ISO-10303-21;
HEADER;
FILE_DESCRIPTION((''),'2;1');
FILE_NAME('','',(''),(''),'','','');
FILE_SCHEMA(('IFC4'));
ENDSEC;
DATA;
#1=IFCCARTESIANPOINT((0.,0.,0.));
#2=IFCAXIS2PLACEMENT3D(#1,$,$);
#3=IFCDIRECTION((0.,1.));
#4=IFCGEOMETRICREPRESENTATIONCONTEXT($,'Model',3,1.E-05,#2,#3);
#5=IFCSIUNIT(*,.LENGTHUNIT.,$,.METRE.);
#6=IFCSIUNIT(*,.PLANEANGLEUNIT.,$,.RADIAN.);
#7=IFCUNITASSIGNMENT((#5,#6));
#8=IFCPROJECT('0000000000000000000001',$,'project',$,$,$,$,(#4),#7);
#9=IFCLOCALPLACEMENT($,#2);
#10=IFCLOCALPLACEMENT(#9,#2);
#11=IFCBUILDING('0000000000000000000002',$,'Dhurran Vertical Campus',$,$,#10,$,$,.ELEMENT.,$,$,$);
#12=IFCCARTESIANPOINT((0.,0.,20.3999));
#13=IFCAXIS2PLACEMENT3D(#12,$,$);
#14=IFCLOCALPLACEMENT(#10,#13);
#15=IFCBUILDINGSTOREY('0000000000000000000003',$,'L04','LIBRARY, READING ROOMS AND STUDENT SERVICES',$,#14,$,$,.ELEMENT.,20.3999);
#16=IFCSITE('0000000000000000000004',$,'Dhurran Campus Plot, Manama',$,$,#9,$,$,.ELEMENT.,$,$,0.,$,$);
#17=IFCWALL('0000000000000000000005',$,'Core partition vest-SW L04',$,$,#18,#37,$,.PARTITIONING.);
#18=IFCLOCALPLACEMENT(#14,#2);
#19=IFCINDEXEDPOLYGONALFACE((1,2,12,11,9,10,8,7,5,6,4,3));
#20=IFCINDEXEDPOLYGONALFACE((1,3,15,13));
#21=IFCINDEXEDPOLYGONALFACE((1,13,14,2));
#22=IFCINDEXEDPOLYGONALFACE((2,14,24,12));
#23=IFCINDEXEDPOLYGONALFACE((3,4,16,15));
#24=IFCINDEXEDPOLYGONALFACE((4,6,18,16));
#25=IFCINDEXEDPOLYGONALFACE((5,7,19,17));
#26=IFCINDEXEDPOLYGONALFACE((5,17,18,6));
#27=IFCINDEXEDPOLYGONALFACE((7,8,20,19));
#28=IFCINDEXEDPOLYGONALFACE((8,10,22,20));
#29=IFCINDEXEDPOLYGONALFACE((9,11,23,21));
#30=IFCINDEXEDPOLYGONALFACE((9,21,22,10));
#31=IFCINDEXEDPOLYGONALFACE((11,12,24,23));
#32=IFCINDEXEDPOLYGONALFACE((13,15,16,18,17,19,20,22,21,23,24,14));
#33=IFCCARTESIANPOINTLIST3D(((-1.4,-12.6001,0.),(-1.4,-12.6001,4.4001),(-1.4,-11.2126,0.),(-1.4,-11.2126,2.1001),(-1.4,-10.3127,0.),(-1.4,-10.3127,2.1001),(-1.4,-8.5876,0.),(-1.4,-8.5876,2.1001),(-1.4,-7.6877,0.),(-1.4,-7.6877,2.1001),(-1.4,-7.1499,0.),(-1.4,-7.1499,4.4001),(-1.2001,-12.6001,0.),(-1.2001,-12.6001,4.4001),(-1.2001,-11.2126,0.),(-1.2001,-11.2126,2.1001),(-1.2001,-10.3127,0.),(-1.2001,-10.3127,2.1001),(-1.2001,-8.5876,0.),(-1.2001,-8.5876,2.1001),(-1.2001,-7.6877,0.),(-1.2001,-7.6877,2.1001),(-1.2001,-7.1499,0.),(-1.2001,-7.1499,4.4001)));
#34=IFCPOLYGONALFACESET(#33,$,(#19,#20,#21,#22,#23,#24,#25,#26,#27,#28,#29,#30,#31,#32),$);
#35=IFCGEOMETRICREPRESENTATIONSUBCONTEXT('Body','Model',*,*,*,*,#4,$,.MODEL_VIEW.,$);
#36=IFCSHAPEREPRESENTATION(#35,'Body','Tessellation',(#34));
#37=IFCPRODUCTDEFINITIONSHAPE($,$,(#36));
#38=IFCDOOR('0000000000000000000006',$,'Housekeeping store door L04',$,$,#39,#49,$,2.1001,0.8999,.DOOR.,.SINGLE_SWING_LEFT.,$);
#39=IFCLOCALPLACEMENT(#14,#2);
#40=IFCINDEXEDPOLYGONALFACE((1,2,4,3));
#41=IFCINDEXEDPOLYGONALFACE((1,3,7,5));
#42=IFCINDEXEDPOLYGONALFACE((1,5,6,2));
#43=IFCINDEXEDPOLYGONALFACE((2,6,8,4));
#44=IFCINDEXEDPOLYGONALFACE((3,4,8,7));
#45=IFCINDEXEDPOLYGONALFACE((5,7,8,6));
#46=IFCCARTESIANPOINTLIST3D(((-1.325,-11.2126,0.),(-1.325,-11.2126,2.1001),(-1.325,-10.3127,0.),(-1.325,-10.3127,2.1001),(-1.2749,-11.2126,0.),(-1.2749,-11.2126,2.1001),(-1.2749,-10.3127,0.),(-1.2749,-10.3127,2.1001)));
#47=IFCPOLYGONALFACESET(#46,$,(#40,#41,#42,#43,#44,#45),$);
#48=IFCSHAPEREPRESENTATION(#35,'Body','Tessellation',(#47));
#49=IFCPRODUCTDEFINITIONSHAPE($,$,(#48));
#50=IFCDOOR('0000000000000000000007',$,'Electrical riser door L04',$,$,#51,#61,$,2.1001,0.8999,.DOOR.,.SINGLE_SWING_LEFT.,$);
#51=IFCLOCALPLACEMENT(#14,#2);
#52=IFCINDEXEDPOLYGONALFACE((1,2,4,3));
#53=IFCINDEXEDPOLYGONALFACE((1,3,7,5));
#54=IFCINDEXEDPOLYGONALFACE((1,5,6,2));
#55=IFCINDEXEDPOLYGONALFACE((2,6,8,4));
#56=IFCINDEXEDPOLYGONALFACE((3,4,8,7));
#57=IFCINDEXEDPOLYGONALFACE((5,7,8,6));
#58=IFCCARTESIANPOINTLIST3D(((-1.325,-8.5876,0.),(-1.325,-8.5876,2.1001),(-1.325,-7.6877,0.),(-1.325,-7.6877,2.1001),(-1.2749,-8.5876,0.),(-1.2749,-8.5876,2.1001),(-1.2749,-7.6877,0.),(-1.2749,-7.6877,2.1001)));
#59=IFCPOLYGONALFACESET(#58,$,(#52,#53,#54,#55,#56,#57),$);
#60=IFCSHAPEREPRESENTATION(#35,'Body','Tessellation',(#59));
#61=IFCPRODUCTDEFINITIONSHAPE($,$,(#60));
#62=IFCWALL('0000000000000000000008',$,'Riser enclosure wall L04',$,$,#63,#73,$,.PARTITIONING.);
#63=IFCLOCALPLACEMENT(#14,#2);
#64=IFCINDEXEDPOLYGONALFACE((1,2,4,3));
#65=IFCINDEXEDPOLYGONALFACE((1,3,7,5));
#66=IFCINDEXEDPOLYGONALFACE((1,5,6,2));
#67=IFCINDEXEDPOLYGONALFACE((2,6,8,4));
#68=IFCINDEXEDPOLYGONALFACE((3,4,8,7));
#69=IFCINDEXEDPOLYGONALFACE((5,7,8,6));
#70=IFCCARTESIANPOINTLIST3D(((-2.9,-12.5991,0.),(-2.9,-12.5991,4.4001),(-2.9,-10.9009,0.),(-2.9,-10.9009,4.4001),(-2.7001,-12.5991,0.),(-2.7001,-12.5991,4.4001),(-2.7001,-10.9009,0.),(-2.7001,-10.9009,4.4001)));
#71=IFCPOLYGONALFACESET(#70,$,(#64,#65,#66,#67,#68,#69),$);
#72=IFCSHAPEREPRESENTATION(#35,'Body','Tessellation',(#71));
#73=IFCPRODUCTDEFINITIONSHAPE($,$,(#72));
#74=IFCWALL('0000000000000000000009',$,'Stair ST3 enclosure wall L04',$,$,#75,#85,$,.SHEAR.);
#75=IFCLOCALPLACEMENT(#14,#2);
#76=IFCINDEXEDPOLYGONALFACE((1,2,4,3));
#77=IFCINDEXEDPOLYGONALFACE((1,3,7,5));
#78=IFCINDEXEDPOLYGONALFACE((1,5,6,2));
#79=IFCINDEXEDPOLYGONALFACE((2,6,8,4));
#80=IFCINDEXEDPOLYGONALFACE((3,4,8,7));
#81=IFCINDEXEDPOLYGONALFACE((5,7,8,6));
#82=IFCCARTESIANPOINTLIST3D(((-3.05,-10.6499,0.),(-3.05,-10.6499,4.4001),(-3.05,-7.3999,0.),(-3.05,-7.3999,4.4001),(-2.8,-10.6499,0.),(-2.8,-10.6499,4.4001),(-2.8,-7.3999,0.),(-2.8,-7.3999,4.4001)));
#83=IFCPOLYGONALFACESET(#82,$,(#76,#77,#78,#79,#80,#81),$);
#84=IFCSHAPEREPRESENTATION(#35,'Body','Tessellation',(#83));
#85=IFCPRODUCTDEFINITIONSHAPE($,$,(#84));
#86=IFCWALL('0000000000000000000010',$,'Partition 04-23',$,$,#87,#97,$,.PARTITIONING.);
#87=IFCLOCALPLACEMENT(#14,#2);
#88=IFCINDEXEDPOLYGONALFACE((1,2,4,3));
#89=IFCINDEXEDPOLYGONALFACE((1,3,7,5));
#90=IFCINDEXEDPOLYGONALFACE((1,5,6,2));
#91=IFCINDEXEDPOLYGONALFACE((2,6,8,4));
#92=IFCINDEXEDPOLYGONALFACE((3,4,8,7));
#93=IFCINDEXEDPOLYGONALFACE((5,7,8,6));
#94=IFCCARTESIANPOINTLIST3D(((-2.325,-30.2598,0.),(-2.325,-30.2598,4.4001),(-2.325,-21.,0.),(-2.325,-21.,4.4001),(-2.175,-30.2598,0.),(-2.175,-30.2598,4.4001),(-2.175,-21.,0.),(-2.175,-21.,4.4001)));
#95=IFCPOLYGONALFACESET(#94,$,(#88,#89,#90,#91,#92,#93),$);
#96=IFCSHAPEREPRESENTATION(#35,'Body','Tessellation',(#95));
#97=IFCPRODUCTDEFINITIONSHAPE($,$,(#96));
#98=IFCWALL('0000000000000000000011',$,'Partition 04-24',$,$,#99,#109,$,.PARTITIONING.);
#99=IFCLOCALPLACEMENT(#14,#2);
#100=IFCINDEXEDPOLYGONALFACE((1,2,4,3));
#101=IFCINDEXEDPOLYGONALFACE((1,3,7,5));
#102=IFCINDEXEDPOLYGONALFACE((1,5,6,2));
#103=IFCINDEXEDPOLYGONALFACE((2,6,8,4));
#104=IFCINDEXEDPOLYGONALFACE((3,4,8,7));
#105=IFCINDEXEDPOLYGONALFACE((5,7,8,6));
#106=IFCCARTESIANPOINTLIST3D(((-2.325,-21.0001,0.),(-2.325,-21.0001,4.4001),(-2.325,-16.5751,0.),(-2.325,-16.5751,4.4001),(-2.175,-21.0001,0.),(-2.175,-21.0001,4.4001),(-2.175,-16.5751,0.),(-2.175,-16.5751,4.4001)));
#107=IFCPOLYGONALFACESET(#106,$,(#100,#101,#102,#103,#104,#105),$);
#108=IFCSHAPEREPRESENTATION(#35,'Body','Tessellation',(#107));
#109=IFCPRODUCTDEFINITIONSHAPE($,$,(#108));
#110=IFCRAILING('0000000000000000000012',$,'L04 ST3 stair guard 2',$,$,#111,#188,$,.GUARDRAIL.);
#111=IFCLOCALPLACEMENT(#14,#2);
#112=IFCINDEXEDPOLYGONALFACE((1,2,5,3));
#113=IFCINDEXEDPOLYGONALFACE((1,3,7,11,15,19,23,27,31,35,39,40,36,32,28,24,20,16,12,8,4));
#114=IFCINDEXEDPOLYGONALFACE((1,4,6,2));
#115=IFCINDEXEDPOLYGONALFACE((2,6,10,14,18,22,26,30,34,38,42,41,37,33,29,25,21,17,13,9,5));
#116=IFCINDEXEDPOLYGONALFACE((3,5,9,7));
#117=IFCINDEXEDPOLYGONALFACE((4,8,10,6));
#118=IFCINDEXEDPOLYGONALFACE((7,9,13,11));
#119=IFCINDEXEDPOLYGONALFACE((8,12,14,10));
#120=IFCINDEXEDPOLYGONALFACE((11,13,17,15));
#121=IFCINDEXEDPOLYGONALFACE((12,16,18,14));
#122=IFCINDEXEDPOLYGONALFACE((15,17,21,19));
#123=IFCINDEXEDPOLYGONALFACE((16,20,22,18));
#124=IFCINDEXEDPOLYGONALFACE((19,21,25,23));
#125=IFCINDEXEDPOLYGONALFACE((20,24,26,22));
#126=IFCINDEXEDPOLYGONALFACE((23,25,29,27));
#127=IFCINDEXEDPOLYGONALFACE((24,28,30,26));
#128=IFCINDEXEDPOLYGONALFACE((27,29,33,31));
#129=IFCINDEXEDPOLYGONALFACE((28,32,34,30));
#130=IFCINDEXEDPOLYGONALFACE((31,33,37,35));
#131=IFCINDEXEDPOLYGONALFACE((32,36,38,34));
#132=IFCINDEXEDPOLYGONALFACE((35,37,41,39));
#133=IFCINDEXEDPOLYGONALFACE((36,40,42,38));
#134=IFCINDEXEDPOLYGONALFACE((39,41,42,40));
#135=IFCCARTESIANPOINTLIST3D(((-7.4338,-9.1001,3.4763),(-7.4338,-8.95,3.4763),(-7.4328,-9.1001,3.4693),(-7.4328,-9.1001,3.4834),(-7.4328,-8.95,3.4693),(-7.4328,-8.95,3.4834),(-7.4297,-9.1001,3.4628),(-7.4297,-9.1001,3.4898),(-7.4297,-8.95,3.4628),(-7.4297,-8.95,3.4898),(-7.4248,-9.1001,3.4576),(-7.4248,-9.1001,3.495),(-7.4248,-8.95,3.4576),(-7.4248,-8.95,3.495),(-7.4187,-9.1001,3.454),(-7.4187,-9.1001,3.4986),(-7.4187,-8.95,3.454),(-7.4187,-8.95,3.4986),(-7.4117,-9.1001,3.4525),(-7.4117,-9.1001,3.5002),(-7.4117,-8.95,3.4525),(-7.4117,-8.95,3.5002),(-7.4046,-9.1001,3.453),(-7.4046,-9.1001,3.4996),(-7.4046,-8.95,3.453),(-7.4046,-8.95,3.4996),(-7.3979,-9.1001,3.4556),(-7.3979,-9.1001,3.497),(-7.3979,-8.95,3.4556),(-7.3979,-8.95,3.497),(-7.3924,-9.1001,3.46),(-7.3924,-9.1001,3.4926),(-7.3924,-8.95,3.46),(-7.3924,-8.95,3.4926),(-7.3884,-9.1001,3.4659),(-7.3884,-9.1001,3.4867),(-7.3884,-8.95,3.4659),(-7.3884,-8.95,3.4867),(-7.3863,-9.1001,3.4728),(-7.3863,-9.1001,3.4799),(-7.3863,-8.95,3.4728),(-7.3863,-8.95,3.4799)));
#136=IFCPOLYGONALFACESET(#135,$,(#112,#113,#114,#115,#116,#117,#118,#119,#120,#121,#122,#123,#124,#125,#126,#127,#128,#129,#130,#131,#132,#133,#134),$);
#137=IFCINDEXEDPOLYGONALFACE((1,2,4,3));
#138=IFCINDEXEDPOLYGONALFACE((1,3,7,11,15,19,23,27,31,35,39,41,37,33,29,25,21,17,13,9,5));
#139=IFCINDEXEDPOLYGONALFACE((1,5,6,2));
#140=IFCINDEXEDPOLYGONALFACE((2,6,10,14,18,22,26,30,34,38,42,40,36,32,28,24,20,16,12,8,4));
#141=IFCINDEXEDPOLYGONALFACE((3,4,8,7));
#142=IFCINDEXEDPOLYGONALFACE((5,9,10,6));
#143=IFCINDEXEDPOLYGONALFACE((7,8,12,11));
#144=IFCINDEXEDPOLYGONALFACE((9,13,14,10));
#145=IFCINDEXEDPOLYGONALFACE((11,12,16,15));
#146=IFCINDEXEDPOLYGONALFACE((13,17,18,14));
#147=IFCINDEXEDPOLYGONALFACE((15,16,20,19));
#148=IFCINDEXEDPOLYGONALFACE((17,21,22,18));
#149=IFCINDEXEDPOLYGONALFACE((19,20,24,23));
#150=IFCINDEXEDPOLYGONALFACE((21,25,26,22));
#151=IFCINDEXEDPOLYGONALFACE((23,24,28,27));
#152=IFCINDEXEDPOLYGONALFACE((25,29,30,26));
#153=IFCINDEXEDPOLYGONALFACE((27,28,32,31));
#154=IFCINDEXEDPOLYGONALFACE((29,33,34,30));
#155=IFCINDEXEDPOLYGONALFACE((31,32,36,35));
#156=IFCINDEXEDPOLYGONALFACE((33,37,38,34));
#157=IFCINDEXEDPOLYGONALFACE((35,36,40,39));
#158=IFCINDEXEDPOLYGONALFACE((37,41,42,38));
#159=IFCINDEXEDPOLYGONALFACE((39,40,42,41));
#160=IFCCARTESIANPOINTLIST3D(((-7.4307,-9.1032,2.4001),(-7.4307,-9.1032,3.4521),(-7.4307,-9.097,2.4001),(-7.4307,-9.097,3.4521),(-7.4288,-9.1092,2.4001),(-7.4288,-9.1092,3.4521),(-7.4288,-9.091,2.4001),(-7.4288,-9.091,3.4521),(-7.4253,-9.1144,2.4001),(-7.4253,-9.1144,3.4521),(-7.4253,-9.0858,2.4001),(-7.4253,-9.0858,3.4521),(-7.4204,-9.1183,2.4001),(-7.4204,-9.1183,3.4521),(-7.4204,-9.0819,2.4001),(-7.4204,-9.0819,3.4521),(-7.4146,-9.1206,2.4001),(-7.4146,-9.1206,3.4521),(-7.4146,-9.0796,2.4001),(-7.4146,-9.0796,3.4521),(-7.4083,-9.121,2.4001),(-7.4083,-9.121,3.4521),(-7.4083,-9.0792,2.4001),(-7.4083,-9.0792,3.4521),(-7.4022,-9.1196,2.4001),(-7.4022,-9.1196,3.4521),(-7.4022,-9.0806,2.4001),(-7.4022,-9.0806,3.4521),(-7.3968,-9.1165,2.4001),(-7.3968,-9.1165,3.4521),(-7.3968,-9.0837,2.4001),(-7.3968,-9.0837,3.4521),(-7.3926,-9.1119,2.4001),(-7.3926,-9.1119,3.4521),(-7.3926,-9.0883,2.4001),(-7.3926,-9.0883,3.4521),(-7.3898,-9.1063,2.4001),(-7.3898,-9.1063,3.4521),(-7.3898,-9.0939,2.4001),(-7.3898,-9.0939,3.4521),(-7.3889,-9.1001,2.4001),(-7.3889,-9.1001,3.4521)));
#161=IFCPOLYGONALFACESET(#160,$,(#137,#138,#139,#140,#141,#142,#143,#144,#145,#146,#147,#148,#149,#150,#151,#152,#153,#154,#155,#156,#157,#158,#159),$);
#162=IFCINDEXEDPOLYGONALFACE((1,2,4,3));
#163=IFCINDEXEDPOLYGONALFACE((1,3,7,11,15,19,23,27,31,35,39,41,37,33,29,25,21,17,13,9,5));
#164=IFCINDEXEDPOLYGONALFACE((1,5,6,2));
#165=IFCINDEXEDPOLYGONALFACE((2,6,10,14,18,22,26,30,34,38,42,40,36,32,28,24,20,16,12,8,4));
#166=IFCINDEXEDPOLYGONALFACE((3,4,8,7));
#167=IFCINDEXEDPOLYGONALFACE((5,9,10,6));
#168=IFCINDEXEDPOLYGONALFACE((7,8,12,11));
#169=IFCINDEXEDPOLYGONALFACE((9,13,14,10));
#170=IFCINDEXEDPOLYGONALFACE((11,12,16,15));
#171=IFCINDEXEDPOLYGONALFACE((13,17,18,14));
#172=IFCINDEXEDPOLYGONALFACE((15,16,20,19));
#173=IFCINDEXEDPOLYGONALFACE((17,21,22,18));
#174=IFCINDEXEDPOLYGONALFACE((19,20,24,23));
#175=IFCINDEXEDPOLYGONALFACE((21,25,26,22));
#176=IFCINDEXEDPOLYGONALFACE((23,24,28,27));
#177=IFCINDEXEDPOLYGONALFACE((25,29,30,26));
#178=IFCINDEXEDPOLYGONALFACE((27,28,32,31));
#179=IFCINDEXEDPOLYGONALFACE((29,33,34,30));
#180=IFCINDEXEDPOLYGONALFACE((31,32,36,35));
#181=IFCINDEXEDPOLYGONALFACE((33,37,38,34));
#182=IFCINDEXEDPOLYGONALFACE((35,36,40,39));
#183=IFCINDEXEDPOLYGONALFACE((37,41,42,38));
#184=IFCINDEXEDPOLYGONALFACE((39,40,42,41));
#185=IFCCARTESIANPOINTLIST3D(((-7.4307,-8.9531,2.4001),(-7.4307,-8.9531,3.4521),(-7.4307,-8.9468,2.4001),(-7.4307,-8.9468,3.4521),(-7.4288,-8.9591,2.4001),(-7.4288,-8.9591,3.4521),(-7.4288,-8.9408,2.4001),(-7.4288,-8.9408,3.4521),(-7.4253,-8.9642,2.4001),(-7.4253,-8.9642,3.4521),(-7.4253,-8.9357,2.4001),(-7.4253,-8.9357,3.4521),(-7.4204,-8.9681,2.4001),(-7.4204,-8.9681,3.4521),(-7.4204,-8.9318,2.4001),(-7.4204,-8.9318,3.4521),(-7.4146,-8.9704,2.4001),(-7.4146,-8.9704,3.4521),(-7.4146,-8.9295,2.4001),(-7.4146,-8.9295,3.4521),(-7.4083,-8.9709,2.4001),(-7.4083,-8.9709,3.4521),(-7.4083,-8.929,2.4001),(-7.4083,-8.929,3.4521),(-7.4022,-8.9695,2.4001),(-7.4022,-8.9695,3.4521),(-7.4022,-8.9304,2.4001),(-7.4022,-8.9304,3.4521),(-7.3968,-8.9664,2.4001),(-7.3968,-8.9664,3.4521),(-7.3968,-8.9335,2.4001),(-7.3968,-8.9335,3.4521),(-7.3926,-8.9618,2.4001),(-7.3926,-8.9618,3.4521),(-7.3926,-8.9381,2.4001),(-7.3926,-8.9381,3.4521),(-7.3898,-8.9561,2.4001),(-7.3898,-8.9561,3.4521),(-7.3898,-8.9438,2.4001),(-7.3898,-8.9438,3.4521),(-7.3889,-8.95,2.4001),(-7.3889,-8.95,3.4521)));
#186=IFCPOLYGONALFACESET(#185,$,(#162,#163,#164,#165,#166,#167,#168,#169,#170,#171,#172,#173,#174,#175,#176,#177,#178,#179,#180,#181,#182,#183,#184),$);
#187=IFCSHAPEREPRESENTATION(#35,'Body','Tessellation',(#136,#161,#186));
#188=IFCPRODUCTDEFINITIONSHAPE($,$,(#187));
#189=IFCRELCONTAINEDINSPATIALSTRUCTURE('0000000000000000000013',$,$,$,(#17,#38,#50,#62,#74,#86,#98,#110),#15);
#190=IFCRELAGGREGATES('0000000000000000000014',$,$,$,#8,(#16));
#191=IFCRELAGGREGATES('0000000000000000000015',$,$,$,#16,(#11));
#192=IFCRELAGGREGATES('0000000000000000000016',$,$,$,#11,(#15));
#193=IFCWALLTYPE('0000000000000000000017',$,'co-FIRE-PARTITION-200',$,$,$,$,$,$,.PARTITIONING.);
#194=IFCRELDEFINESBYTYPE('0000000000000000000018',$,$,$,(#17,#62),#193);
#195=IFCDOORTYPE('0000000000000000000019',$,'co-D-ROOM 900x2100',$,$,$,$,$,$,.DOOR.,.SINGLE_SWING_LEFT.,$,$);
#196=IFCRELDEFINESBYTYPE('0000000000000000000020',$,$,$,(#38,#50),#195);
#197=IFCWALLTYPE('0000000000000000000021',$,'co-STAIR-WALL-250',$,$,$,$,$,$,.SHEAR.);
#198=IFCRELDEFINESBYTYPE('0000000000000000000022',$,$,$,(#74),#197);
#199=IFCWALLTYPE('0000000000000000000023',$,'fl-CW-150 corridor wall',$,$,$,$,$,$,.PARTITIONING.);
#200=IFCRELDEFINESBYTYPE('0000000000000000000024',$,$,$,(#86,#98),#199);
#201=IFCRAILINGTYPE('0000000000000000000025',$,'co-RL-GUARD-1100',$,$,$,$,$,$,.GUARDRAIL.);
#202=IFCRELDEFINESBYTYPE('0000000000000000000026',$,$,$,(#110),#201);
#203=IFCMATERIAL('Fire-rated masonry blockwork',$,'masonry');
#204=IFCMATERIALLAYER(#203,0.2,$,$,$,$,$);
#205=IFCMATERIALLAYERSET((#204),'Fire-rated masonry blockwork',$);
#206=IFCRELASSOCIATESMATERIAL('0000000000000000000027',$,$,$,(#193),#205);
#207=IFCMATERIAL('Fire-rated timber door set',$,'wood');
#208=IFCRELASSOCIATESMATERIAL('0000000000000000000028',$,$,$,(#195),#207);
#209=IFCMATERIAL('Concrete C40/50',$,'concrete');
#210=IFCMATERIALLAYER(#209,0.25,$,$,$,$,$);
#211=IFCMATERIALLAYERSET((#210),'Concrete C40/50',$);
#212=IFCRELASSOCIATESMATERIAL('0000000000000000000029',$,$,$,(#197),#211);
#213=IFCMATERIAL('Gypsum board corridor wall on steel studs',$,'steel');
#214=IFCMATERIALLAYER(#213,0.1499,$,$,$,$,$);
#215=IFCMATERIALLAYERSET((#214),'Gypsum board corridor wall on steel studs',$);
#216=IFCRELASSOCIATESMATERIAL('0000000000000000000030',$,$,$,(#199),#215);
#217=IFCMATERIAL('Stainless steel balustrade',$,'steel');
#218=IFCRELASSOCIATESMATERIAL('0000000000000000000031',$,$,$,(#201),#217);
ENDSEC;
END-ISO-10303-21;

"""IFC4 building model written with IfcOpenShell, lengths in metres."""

from ifc_helpers import new_model, si_unit, direction, frame, frame_2d, origin, origin_2d, place, context, subcontext, project, spatial, rectangle, circle, extrude, material, layer, layer_set, type_object, element, fill, save


model = new_model("IFC4")

# Units and contexts
model_context = context("Model", 3, precision=1e-05, world=origin(), true_north=direction((0.0, 1.0)))
body_context = subcontext(model_context, "Body", "Model", "MODEL_VIEW")
ifc_project = project(units=[si_unit("LENGTHUNIT", "METRE"), si_unit("PLANEANGLEUNIT", "RADIAN")], contexts=[model_context])

# Site, building, storey
site_placement = place(None, origin())
site = spatial("IfcSite", under=ifc_project, at=site_placement, Name="Dhurran Campus Plot, Manama", CompositionType="ELEMENT", RefElevation=0.0)
building_placement = place(site_placement, origin())
building = spatial("IfcBuilding", under=site, at=building_placement, Name="Dhurran Vertical Campus", CompositionType="ELEMENT")
storey_placement = place(building_placement, frame((0.0, 0.0, 20.3999)))
storey = spatial("IfcBuildingStorey", under=building, at=storey_placement, Name="L04", Description="LIBRARY, READING ROOMS AND STUDENT SERVICES", CompositionType="ELEMENT", Elevation=20.3999)

# Wall, openings, doors
ifc_material_1 = material(Name="Fire-rated masonry blockwork", Category="masonry")
ifc_layer_1 = layer(ifc_material_1, 0.2)
ifc_layer_set_1 = layer_set([ifc_layer_1], Name="Fire-rated masonry blockwork")
wall_type_1 = type_object("IfcWallType", Name="co-FIRE-PARTITION-200", PredefinedType="PARTITIONING", material=ifc_layer_set_1)
wall_1_placement = place(storey_placement, frame((-1.3, -12.6001, 0.0), z_axis=(0.0, 0.0, 1.0), x_axis=(0.0, 1.0, 0.0)))
wall_1 = element("IfcWall", 1, at=wall_1_placement, inside=storey, type_object=wall_type_1, Name="Core partition vest-SW L04", PredefinedType="PARTITIONING", context=body_context, shape_type="SweptSolid", body=[
    extrude(rectangle(XDim=5.4502, YDim=0.2, at=frame_2d((2.7251, 0.0))), origin(), (0.0, 0.0, 1.0), 4.4001),
])
opening_1_placement = place(wall_1_placement, frame((1.3875, 0.0, 0.0)))
opening_1 = element("IfcOpeningElement", 2, at=opening_1_placement, cuts=wall_1, PredefinedType="OPENING", context=body_context, shape_type="SweptSolid", body=[
    extrude(rectangle(XDim=0.8999, YDim=2.1001, at=frame_2d((0.45, 1.05))), frame((0.0, 0.1099, 0.0), z_axis=(0.0, -1.0, 0.0), x_axis=(1.0, 0.0, 0.0)), (0.0, 0.0, 1.0), 0.22),
])
opening_2_placement = place(wall_1_placement, frame((4.0125, 0.0, 0.0)))
opening_2 = element("IfcOpeningElement", 3, at=opening_2_placement, cuts=wall_1, PredefinedType="OPENING", context=body_context, shape_type="SweptSolid", body=[
    extrude(rectangle(XDim=0.8999, YDim=2.1001, at=frame_2d((0.45, 1.05))), frame((0.0, 0.1099, 0.0), z_axis=(0.0, -1.0, 0.0), x_axis=(1.0, 0.0, 0.0)), (0.0, 0.0, 1.0), 0.22),
])
ifc_material_2 = material(Name="Fire-rated timber door set", Category="wood")
door_type = type_object("IfcDoorType", Name="co-D-ROOM 900x2100", OperationType="SINGLE_SWING_LEFT", PredefinedType="DOOR", material=ifc_material_2)
door_1_placement = place(opening_1_placement, origin())
door_1 = element("IfcDoor", 4, at=door_1_placement, inside=storey, type_object=door_type, Name="Housekeeping store door L04", OperationType="SINGLE_SWING_LEFT", OverallHeight=2.1001, OverallWidth=0.8999, PredefinedType="DOOR", context=body_context, shape_type="SweptSolid", body=[
    extrude(rectangle(XDim=0.8999, YDim=2.1001, at=frame_2d((0.45, 1.05))), frame((0.0, 0.0249, 0.0), z_axis=(0.0, -1.0, 0.0), x_axis=(1.0, 0.0, 0.0)), (0.0, 0.0, 1.0), 0.05),
])
fill(opening_1, door_1)
door_2_placement = place(opening_2_placement, origin())
door_2 = element("IfcDoor", 5, at=door_2_placement, inside=storey, type_object=door_type, Name="Electrical riser door L04", OperationType="SINGLE_SWING_LEFT", OverallHeight=2.1001, OverallWidth=0.8999, PredefinedType="DOOR", context=body_context, shape_type="SweptSolid", body=[
    extrude(rectangle(XDim=0.8999, YDim=2.1001, at=frame_2d((0.45, 1.05))), frame((0.0, 0.0249, 0.0), z_axis=(0.0, -1.0, 0.0), x_axis=(1.0, 0.0, 0.0)), (0.0, 0.0, 1.0), 0.05),
])
fill(opening_2, door_2)

# Walls
wall_2_placement = place(storey_placement, frame((-2.8, -12.5991, 0.0), z_axis=(0.0, 0.0, 1.0), x_axis=(0.0, 1.0, 0.0)))
element("IfcWall", 6, at=wall_2_placement, inside=storey, type_object=wall_type_1, Name="Riser enclosure wall L04", PredefinedType="PARTITIONING", context=body_context, shape_type="SweptSolid", body=[
    extrude(rectangle(XDim=1.6982, YDim=0.2, at=frame_2d((0.8491, 0.0))), origin(), (0.0, 0.0, 1.0), 4.4001),
])
ifc_material_3 = material(Name="Concrete C40/50", Category="concrete")
ifc_layer_2 = layer(ifc_material_3, 0.25)
ifc_layer_set_2 = layer_set([ifc_layer_2], Name="Concrete C40/50")
wall_type_2 = type_object("IfcWallType", Name="co-STAIR-WALL-250", PredefinedType="SHEAR", material=ifc_layer_set_2)
wall_3_placement = place(storey_placement, frame((-2.925, -10.6499, 0.0), z_axis=(0.0, 0.0, 1.0), x_axis=(0.0, 1.0, 0.0)))
element("IfcWall", 7, at=wall_3_placement, inside=storey, type_object=wall_type_2, Name="Stair ST3 enclosure wall L04", PredefinedType="SHEAR", context=body_context, shape_type="SweptSolid", body=[
    extrude(rectangle(XDim=3.25, YDim=0.25, at=frame_2d((1.625, 0.0))), origin(), (0.0, 0.0, 1.0), 4.4001),
])
ifc_material_4 = material(Name="Gypsum board corridor wall on steel studs", Category="steel")
ifc_layer_3 = layer(ifc_material_4, 0.1499)
ifc_layer_set_3 = layer_set([ifc_layer_3], Name="Gypsum board corridor wall on steel studs")
wall_type_3 = type_object("IfcWallType", Name="fl-CW-150 corridor wall", PredefinedType="PARTITIONING", material=ifc_layer_set_3)
wall_4_placement = place(storey_placement, frame((-2.25, -30.2598, 0.0), z_axis=(0.0, 0.0, 1.0), x_axis=(0.0, 1.0, 0.0)))
element("IfcWall", 8, at=wall_4_placement, inside=storey, type_object=wall_type_3, Name="Partition 04-23", PredefinedType="PARTITIONING", context=body_context, shape_type="SweptSolid", body=[
    extrude(rectangle(XDim=9.2598, YDim=0.1499, at=frame_2d((4.6299, 0.0))), origin(), (0.0, 0.0, 1.0), 4.4001),
])
wall_5_placement = place(storey_placement, frame((-2.25, -21.0, 0.0), z_axis=(0.0, 0.0, 1.0), x_axis=(0.0, 1.0, 0.0)))
element("IfcWall", 9, at=wall_5_placement, inside=storey, type_object=wall_type_3, Name="Partition 04-24", PredefinedType="PARTITIONING", context=body_context, shape_type="SweptSolid", body=[
    extrude(rectangle(XDim=4.425, YDim=0.1499, at=frame_2d((2.2124, 0.0))), origin(), (0.0, 0.0, 1.0), 4.4001),
])

# Railing
ifc_material_5 = material(Name="Stainless steel balustrade", Category="steel")
railing_type = type_object("IfcRailingType", Name="co-RL-GUARD-1100", PredefinedType="GUARDRAIL", material=ifc_material_5)
railing_placement = place(storey_placement, frame((-7.4099, -9.1001, 2.4001)))
element("IfcRailing", 10, at=railing_placement, inside=storey, type_object=railing_type, Name="L04 ST3 stair guard 2", PredefinedType="GUARDRAIL", context=body_context, shape_type="SweptSolid", body=[
    extrude(circle(Radius=0.0239, at=origin_2d()), frame((0.0, 0.0, 1.0762), z_axis=(0.0, 1.0, 0.0), x_axis=(-1.0, 0.0, 0.0)), (0.0, 0.0, 1.0), 0.1501),
    extrude(circle(Radius=0.021, at=origin_2d()), origin(), (0.0, 0.0, 1.0), 1.052),
    extrude(circle(Radius=0.021, at=origin_2d()), frame((0.0, 0.1501, 0.0)), (0.0, 0.0, 1.0), 1.052),
])

save(model, "model.ifc")
